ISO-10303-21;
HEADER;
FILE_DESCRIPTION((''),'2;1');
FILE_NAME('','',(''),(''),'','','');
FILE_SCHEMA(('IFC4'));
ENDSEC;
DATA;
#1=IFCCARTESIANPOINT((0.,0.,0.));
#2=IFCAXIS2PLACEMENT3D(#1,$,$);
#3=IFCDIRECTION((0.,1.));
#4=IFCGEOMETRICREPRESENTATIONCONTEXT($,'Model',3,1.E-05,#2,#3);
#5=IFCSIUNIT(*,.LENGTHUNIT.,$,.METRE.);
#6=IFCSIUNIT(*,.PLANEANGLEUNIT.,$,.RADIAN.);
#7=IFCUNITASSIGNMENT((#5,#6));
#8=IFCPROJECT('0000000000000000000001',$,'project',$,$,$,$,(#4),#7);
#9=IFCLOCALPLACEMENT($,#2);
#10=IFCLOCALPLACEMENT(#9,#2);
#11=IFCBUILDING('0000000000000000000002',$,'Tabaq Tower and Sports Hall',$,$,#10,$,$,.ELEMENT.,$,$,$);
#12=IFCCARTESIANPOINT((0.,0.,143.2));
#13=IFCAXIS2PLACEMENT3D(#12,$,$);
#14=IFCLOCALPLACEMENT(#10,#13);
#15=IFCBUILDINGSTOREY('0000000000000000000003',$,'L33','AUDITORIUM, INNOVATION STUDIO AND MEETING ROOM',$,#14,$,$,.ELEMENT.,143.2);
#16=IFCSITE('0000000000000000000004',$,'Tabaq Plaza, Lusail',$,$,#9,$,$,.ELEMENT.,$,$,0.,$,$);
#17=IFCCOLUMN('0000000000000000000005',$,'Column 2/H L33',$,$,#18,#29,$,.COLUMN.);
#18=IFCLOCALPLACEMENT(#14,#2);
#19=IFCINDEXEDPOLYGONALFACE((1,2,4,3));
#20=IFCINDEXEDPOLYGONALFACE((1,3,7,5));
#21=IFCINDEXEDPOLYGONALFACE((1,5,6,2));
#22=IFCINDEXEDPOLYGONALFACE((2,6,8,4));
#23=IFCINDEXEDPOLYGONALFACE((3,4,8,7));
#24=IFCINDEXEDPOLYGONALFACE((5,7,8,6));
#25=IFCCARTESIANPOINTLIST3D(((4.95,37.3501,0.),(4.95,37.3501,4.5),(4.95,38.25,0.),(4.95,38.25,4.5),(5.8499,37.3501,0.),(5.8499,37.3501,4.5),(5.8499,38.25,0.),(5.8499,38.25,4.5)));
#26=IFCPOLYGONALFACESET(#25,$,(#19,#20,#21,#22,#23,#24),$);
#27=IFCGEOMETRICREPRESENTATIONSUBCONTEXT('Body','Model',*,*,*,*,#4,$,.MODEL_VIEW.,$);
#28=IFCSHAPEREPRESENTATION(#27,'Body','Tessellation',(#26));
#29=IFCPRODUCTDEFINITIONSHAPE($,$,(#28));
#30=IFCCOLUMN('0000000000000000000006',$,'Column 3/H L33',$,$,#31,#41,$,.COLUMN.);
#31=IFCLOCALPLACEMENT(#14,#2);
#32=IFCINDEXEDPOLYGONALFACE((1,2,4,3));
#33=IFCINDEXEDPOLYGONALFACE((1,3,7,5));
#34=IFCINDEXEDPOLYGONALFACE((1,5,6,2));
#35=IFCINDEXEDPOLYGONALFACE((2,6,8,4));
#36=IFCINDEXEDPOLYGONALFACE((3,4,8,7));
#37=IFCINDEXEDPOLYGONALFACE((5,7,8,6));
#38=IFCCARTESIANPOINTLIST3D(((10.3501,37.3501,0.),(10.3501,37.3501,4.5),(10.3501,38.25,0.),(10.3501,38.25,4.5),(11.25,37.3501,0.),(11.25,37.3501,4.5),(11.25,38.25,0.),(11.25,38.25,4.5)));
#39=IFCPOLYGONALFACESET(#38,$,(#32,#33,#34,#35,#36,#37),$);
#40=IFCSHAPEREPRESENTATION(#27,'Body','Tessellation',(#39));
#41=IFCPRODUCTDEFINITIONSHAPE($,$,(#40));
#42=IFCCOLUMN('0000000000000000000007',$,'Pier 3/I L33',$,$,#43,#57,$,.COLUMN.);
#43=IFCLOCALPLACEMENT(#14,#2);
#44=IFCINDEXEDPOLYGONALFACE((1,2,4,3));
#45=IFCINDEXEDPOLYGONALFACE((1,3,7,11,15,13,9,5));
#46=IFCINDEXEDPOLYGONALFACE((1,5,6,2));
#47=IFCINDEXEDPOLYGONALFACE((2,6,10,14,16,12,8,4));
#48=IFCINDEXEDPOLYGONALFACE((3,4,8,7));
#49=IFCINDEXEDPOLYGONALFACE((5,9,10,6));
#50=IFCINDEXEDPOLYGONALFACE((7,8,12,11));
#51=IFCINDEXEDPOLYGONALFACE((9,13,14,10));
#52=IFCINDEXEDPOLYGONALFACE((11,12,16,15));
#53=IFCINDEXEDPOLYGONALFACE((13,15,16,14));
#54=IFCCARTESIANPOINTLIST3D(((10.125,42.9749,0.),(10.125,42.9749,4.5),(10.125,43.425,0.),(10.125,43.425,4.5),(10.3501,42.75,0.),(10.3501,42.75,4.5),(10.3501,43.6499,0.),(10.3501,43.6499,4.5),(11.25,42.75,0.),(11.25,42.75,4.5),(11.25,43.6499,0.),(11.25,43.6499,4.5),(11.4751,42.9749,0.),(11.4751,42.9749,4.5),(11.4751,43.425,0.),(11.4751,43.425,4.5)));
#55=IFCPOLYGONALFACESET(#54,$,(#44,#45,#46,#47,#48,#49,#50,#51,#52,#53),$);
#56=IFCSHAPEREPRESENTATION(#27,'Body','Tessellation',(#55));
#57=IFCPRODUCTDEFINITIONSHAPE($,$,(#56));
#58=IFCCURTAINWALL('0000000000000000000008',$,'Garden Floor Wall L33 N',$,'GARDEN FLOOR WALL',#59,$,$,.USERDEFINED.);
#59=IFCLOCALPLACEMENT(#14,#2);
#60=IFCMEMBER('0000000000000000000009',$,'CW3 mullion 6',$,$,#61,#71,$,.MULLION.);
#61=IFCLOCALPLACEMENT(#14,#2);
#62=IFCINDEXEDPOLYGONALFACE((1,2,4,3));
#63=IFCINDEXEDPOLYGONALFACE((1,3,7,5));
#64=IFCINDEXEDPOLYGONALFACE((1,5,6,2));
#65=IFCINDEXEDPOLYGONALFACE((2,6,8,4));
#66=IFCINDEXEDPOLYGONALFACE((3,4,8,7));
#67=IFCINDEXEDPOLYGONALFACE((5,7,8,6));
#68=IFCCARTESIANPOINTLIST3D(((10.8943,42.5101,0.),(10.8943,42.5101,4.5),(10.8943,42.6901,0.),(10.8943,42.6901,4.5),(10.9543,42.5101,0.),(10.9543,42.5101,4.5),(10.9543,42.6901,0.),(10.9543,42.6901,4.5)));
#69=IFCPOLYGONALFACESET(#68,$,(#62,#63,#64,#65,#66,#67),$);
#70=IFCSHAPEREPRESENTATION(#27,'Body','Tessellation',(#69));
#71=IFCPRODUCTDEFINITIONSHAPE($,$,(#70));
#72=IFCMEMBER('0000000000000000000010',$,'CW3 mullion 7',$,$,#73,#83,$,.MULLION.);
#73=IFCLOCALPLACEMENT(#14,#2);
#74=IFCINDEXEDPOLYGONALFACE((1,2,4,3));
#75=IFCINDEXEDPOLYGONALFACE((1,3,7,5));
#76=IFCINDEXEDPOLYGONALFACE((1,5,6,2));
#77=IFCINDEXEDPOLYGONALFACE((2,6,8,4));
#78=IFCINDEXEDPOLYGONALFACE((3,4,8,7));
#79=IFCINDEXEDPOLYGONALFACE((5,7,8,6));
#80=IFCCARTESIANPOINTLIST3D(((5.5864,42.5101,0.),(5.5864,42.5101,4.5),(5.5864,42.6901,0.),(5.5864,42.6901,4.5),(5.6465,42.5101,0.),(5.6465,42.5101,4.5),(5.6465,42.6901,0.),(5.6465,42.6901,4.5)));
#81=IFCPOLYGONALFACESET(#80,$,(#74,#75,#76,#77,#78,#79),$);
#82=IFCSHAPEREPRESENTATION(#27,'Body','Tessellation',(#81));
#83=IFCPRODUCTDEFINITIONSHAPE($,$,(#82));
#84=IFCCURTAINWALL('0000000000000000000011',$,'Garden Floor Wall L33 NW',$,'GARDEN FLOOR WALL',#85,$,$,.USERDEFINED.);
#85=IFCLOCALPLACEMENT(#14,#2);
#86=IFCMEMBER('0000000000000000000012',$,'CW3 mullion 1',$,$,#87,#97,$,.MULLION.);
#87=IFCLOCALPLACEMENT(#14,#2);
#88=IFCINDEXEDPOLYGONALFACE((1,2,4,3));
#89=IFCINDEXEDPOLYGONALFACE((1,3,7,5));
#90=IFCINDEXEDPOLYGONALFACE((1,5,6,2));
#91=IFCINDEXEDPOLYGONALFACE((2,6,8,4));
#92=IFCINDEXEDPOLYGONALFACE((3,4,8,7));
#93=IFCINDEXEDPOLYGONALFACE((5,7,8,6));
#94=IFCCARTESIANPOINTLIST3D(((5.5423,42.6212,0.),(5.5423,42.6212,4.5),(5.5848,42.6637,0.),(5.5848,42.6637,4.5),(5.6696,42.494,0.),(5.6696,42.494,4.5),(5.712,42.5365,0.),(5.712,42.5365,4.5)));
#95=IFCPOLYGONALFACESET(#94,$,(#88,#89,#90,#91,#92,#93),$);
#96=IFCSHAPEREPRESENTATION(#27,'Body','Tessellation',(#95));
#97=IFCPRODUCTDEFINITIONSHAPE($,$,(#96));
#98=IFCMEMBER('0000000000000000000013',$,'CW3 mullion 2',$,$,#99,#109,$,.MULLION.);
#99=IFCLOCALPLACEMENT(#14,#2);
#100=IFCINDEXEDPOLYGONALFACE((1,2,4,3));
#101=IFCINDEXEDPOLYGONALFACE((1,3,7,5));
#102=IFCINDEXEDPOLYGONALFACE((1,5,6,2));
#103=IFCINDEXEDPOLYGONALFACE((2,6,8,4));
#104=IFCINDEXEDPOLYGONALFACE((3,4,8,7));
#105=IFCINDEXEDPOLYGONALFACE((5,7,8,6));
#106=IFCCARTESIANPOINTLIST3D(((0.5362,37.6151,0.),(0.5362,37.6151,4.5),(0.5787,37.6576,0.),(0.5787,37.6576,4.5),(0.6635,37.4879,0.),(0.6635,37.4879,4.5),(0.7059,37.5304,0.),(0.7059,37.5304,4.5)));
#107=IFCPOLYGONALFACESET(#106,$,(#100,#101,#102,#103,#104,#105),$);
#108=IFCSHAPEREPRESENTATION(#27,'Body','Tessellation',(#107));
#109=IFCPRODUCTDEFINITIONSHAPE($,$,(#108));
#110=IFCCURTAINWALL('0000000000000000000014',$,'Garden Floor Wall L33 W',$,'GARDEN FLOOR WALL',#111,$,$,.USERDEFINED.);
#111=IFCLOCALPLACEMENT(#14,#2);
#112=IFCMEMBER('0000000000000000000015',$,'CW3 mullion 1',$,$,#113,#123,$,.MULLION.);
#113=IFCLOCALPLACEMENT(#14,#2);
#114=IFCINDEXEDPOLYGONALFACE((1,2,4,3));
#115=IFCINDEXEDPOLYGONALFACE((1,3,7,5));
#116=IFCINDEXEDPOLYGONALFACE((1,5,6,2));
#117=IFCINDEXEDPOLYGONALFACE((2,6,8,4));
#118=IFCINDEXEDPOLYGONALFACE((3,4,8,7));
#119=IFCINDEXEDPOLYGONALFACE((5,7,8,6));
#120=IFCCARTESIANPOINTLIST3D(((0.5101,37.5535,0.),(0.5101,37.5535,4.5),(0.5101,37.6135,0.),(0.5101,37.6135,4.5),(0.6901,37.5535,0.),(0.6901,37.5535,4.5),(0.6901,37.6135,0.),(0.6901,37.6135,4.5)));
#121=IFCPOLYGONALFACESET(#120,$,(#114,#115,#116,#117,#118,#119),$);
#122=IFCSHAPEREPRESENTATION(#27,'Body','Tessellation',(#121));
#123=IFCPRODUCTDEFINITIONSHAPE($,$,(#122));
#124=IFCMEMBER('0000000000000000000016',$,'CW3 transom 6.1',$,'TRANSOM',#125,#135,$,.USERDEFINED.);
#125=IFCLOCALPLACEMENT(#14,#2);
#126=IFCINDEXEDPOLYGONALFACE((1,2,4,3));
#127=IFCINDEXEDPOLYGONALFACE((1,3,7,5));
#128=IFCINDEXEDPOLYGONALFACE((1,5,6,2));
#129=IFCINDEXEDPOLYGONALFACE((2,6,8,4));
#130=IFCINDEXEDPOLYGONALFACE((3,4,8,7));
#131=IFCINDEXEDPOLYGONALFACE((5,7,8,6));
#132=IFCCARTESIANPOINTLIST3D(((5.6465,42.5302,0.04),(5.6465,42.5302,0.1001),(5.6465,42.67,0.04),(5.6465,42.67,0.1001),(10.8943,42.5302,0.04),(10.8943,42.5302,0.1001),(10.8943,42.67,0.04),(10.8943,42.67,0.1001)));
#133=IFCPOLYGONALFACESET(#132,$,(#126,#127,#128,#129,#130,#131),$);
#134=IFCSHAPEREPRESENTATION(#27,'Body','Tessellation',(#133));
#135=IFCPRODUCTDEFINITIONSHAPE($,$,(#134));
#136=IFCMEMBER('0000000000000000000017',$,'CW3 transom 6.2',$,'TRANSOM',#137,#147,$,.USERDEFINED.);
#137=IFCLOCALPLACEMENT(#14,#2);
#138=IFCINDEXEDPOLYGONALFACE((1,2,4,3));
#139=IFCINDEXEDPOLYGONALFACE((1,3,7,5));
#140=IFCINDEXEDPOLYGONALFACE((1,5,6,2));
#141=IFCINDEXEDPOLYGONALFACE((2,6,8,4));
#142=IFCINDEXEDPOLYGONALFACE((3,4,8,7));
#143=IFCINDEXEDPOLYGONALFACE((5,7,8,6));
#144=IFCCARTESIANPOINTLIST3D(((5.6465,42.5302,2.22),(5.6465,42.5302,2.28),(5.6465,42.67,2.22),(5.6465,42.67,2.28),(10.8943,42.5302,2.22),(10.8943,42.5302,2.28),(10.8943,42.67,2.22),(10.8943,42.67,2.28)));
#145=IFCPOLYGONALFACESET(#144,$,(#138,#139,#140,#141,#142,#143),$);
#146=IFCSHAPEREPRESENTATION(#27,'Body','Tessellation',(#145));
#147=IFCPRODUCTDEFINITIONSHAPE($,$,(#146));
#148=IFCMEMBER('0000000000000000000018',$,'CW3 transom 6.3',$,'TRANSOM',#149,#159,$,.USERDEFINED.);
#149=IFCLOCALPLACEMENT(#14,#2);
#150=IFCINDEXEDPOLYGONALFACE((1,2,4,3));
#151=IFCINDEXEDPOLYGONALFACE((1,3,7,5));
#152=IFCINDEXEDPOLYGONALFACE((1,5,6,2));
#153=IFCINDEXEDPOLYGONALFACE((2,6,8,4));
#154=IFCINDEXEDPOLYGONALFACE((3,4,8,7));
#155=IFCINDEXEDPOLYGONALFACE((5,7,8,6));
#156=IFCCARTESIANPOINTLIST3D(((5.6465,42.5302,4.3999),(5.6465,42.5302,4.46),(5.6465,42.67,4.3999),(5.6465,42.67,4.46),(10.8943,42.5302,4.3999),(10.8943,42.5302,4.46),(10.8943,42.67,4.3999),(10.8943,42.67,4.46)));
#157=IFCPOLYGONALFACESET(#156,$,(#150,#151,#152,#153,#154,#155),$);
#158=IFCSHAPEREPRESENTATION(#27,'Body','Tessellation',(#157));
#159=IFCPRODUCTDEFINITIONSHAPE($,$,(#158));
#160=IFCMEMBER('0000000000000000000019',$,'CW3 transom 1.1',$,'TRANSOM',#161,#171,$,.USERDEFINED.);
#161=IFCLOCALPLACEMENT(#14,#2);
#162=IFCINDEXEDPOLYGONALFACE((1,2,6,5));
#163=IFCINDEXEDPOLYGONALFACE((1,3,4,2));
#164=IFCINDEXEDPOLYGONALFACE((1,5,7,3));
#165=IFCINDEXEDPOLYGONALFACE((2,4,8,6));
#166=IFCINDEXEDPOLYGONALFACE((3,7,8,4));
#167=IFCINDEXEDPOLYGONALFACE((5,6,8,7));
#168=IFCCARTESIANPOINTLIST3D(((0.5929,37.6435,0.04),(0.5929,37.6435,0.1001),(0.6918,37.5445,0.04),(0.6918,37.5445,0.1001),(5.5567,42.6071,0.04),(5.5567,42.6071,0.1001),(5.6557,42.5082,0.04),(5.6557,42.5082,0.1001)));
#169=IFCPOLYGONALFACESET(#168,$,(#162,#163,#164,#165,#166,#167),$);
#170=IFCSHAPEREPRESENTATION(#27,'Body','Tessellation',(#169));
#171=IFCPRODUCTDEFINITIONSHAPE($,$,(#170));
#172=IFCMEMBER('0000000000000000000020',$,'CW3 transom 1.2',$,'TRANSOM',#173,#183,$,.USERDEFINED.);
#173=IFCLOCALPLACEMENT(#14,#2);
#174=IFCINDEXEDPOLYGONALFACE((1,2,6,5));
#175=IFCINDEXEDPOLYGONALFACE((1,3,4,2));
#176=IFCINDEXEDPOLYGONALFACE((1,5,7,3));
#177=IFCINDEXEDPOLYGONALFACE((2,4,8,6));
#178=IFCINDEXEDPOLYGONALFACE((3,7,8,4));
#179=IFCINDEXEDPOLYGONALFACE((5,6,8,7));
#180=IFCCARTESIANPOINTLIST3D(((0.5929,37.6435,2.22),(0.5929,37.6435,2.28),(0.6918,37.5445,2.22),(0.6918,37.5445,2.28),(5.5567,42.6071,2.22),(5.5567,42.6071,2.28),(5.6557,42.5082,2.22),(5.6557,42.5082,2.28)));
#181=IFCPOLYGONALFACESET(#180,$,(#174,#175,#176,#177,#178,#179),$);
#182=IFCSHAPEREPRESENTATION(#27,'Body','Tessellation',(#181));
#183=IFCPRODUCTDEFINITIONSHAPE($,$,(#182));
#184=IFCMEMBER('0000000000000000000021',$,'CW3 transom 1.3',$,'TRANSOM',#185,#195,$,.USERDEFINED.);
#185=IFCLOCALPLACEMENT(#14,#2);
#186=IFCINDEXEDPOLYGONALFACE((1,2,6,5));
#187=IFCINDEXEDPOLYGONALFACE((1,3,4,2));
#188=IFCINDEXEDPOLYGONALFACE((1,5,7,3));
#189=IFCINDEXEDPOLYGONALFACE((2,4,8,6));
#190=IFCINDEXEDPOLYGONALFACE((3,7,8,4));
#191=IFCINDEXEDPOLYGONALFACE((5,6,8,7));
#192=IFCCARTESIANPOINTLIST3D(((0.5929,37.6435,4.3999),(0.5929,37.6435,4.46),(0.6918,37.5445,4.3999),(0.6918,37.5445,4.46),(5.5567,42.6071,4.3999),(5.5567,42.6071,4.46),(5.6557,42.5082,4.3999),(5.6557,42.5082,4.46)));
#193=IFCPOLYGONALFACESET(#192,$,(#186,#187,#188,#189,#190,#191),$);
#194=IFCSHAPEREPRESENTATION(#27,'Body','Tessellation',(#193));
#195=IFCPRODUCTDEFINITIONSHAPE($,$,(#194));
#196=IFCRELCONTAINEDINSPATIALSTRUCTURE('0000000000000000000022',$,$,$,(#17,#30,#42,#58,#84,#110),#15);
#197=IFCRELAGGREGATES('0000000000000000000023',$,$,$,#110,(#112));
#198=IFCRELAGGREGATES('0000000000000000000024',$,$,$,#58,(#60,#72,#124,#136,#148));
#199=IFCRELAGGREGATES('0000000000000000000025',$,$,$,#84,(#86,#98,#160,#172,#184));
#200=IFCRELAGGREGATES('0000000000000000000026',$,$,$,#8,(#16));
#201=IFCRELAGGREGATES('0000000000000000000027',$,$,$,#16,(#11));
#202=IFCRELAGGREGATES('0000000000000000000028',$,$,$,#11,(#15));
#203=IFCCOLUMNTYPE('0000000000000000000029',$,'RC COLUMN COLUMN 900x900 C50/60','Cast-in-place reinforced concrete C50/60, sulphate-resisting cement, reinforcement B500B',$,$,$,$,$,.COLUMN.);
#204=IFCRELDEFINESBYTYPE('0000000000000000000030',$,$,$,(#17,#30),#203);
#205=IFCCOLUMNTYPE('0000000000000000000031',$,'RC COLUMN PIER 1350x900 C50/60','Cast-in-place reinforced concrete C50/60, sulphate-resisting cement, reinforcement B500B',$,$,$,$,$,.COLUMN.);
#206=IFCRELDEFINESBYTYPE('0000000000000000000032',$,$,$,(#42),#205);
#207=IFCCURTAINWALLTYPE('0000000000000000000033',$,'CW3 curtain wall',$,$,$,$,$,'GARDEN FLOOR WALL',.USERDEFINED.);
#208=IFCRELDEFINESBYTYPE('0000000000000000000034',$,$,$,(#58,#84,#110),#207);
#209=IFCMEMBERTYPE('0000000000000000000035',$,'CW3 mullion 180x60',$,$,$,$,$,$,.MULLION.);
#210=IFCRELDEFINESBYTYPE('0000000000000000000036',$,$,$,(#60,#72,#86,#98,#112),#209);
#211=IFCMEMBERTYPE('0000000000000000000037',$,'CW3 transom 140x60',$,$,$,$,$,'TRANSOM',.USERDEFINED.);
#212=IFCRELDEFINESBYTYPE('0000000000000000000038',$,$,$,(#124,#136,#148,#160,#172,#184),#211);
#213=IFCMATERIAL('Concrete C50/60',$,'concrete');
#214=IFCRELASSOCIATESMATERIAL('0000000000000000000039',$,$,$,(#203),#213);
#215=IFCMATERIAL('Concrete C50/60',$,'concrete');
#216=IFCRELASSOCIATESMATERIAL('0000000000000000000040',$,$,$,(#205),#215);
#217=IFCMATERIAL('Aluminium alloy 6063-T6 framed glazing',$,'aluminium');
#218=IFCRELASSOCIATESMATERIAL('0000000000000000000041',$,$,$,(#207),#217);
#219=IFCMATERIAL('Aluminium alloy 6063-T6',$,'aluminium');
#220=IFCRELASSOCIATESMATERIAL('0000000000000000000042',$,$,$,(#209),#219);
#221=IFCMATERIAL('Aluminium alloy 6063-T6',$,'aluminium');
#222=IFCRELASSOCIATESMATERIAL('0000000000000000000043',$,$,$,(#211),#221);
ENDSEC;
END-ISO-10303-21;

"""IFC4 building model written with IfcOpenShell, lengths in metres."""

from ifc_helpers import new_model, si_unit, direction, frame, origin, origin_2d, place, context, subcontext, project, spatial, polyline, rectangle, outline, extrude, material, material_profile, profile_set, type_object, element, aggregate, save


model = new_model("IFC4")

# Units and contexts
model_context = context("Model", 3, precision=1e-05, world=origin(), true_north=direction((0.0, 1.0)))
body_context = subcontext(model_context, "Body", "Model", "MODEL_VIEW")
ifc_project = project(units=[si_unit("LENGTHUNIT", "METRE"), si_unit("PLANEANGLEUNIT", "RADIAN")], contexts=[model_context])

# Site, building, storey
site_placement = place(None, origin())
site = spatial("IfcSite", under=ifc_project, at=site_placement, Name="Tabaq Plaza, Lusail", CompositionType="ELEMENT", RefElevation=0.0)
building_placement = place(site_placement, origin())
building = spatial("IfcBuilding", under=site, at=building_placement, Name="Tabaq Tower and Sports Hall", CompositionType="ELEMENT")
storey_placement = place(building_placement, frame((0.0, 0.0, 143.2)))
storey = spatial("IfcBuildingStorey", under=building, at=storey_placement, Name="L33", Description="AUDITORIUM, INNOVATION STUDIO AND MEETING ROOM", CompositionType="ELEMENT", Elevation=143.2)

# Columns
ifc_material_1 = material(Name="Concrete C50/60", Category="concrete")
ifc_material_profile_1 = material_profile(ifc_material_1, rectangle(XDim=0.8999, YDim=0.8999, at=origin_2d()), Name="COLUMN 900x900")
ifc_profile_set_1 = profile_set([ifc_material_profile_1], Name="Concrete C50/60")
column_type_1 = type_object("IfcColumnType", Name="RC COLUMN COLUMN 900x900 C50/60", Description="Cast-in-place reinforced concrete C50/60, sulphate-resisting cement, reinforcement B500B", PredefinedType="COLUMN", material=ifc_profile_set_1)
for number, where, z_axis, x_axis, name in (
    (1, (5.3999, 37.8, 0.0), (0.0, 0.0, 1.0), (1.0, 0.0, 0.0), "Column 2/H L33"),
    (2, (10.8, 37.8, 0.0), (0.0, 0.0, 1.0), (1.0, 0.0, 0.0), "Column 3/H L33"),
):
    element("IfcColumn", number, at=place(storey_placement, frame(where, z_axis=z_axis, x_axis=x_axis)), inside=storey, type_object=column_type_1, Name=name, PredefinedType="COLUMN", context=body_context, shape_type="SweptSolid", body=[
        extrude(rectangle(XDim=0.8999, YDim=0.8999, at=origin_2d()), origin(), (0.0, 0.0, 1.0), 4.5),
    ])
ifc_material_2 = material(Name="Concrete C50/60", Category="concrete")
ifc_material_profile_2 = material_profile(ifc_material_2, outline(polyline([(-0.45, -0.45), (0.45, -0.45), (0.675, -0.2251), (0.675, 0.2251), (0.45, 0.45), (-0.45, 0.45), (-0.675, 0.2251), (-0.675, -0.2251), (-0.45, -0.45)])), Name="PIER 1350x900")
ifc_profile_set_2 = profile_set([ifc_material_profile_2], Name="Concrete C50/60")
column_type_2 = type_object("IfcColumnType", Name="RC COLUMN PIER 1350x900 C50/60", Description="Cast-in-place reinforced concrete C50/60, sulphate-resisting cement, reinforcement B500B", PredefinedType="COLUMN", material=ifc_profile_set_2)
column_placement = place(storey_placement, frame((10.8, 43.2, 0.0), z_axis=(0.0, 0.0, 1.0), x_axis=(1.0, 0.0, 0.0)))
element("IfcColumn", 3, at=column_placement, inside=storey, type_object=column_type_2, Name="Pier 3/I L33", PredefinedType="COLUMN", context=body_context, shape_type="SweptSolid", body=[
    extrude(outline(polyline([(-0.45, -0.45), (0.45, -0.45), (0.675, -0.2251), (0.675, 0.2251), (0.45, 0.45), (-0.45, 0.45), (-0.675, 0.2251), (-0.675, -0.2251), (-0.45, -0.45)])), origin(), (0.0, 0.0, 1.0), 4.5),
])

# Curtain walls, members
ifc_material_3 = material(Name="Aluminium alloy 6063-T6 framed glazing", Category="aluminium")
curtain_wall_type = type_object("IfcCurtainWallType", Name="CW3 curtain wall", ElementType="GARDEN FLOOR WALL", PredefinedType="USERDEFINED", material=ifc_material_3)
curtain_wall_1_placement = place(storey_placement, origin())
curtain_wall_1 = element("IfcCurtainWall", 4, at=curtain_wall_1_placement, inside=storey, type_object=curtain_wall_type, Name="Garden Floor Wall L33 N", ObjectType="GARDEN FLOOR WALL", PredefinedType="USERDEFINED")
ifc_material_4 = material(Name="Aluminium alloy 6063-T6", Category="aluminium")
ifc_material_profile_3 = material_profile(ifc_material_4, rectangle(XDim=0.1799, YDim=0.0601, at=origin_2d()), Name="MULLION 180x60")
ifc_profile_set_3 = profile_set([ifc_material_profile_3], Name="Aluminium alloy 6063-T6")
member_type_1 = type_object("IfcMemberType", Name="CW3 mullion 180x60", PredefinedType="MULLION", material=ifc_profile_set_3)
member_1_placement = place(storey_placement, frame((10.9243, 42.6001, 0.0), z_axis=(0.0, 0.0, 1.0), x_axis=(0.0, -1.0, 0.0)))
member_1 = element("IfcMember", 5, at=member_1_placement, type_object=member_type_1, Name="CW3 mullion 6", PredefinedType="MULLION", context=body_context, shape_type="SweptSolid", body=[
    extrude(rectangle(XDim=0.1799, YDim=0.0601, at=origin_2d()), origin(), (0.0, 0.0, 1.0), 4.5),
])
member_2_placement = place(storey_placement, frame((5.6165, 42.6001, 0.0), z_axis=(0.0, 0.0, 1.0), x_axis=(0.0, -1.0, 0.0)))
member_2 = element("IfcMember", 6, at=member_2_placement, type_object=member_type_1, Name="CW3 mullion 7", PredefinedType="MULLION", context=body_context, shape_type="SweptSolid", body=[
    extrude(rectangle(XDim=0.1799, YDim=0.0601, at=origin_2d()), origin(), (0.0, 0.0, 1.0), 4.5),
])
curtain_wall_2_placement = place(storey_placement, origin())
curtain_wall_2 = element("IfcCurtainWall", 7, at=curtain_wall_2_placement, inside=storey, type_object=curtain_wall_type, Name="Garden Floor Wall L33 NW", ObjectType="GARDEN FLOOR WALL", PredefinedType="USERDEFINED")
member_3_placement = place(storey_placement, frame((5.6272, 42.5789, 0.0), z_axis=(0.0, 0.0, 1.0), x_axis=(0.707107, -0.707107, 0.0)))
member_3 = element("IfcMember", 8, at=member_3_placement, type_object=member_type_1, Name="CW3 mullion 1", PredefinedType="MULLION", context=body_context, shape_type="SweptSolid", body=[
    extrude(rectangle(XDim=0.1799, YDim=0.0601, at=origin_2d()), origin(), (0.0, 0.0, 1.0), 4.5),
])
member_4_placement = place(storey_placement, frame((0.6211, 37.5728, 0.0), z_axis=(0.0, 0.0, 1.0), x_axis=(0.707107, -0.707107, 0.0)))
member_4 = element("IfcMember", 9, at=member_4_placement, type_object=member_type_1, Name="CW3 mullion 2", PredefinedType="MULLION", context=body_context, shape_type="SweptSolid", body=[
    extrude(rectangle(XDim=0.1799, YDim=0.0601, at=origin_2d()), origin(), (0.0, 0.0, 1.0), 4.5),
])

# Curtain wall, member
curtain_wall_3_placement = place(storey_placement, origin())
curtain_wall_3 = element("IfcCurtainWall", 10, at=curtain_wall_3_placement, inside=storey, type_object=curtain_wall_type, Name="Garden Floor Wall L33 W", ObjectType="GARDEN FLOOR WALL", PredefinedType="USERDEFINED")
member_5_placement = place(storey_placement, frame((0.6001, 37.5835, 0.0), z_axis=(0.0, 0.0, 1.0), x_axis=(1.0, 0.0, 0.0)))
member_5 = element("IfcMember", 11, at=member_5_placement, type_object=member_type_1, Name="CW3 mullion 1", PredefinedType="MULLION", context=body_context, shape_type="SweptSolid", body=[
    extrude(rectangle(XDim=0.1799, YDim=0.0601, at=origin_2d()), origin(), (0.0, 0.0, 1.0), 4.5),
])

# Members
ifc_material_5 = material(Name="Aluminium alloy 6063-T6", Category="aluminium")
ifc_material_profile_4 = material_profile(ifc_material_5, rectangle(XDim=0.1399, YDim=0.0601, at=origin_2d()), Name="TRANSOM 140x60")
ifc_profile_set_4 = profile_set([ifc_material_profile_4], Name="Aluminium alloy 6063-T6")
member_type_2 = type_object("IfcMemberType", Name="CW3 transom 140x60", ElementType="TRANSOM", PredefinedType="USERDEFINED", material=ifc_profile_set_4)
member_6_placement = place(storey_placement, frame((10.8943, 42.6001, 0.0701), z_axis=(-1.0, 0.0, 0.0), x_axis=(0.0, -1.0, 0.0)))
member_6 = element("IfcMember", 12, at=member_6_placement, type_object=member_type_2, Name="CW3 transom 6.1", ObjectType="TRANSOM", PredefinedType="USERDEFINED", context=body_context, shape_type="SweptSolid", body=[
    extrude(rectangle(XDim=0.1399, YDim=0.0601, at=origin_2d()), origin(), (0.0, 0.0, 1.0), 5.2478),
])
member_7_placement = place(storey_placement, frame((10.8943, 42.6001, 2.25), z_axis=(-1.0, 0.0, 0.0), x_axis=(0.0, -1.0, 0.0)))
member_7 = element("IfcMember", 13, at=member_7_placement, type_object=member_type_2, Name="CW3 transom 6.2", ObjectType="TRANSOM", PredefinedType="USERDEFINED", context=body_context, shape_type="SweptSolid", body=[
    extrude(rectangle(XDim=0.1399, YDim=0.0601, at=origin_2d()), origin(), (0.0, 0.0, 1.0), 5.2478),
])
member_8_placement = place(storey_placement, frame((10.8943, 42.6001, 4.4299), z_axis=(-1.0, 0.0, 0.0), x_axis=(0.0, -1.0, 0.0)))
member_8 = element("IfcMember", 14, at=member_8_placement, type_object=member_type_2, Name="CW3 transom 6.3", ObjectType="TRANSOM", PredefinedType="USERDEFINED", context=body_context, shape_type="SweptSolid", body=[
    extrude(rectangle(XDim=0.1399, YDim=0.0601, at=origin_2d()), origin(), (0.0, 0.0, 1.0), 5.2478),
])
member_9_placement = place(storey_placement, frame((5.6062, 42.5576, 0.0701), z_axis=(-0.707124, -0.707089, 0.0), x_axis=(0.707089, -0.707124, 0.0)))
member_9 = element("IfcMember", 15, at=member_9_placement, type_object=member_type_2, Name="CW3 transom 1.1", ObjectType="TRANSOM", PredefinedType="USERDEFINED", context=body_context, shape_type="SweptSolid", body=[
    extrude(rectangle(XDim=0.1399, YDim=0.0601, at=origin_2d()), origin(), (0.0, 0.0, 1.0), 7.0198),
])
member_10_placement = place(storey_placement, frame((5.6062, 42.5576, 2.25), z_axis=(-0.707124, -0.707089, 0.0), x_axis=(0.707089, -0.707124, 0.0)))
member_10 = element("IfcMember", 16, at=member_10_placement, type_object=member_type_2, Name="CW3 transom 1.2", ObjectType="TRANSOM", PredefinedType="USERDEFINED", context=body_context, shape_type="SweptSolid", body=[
    extrude(rectangle(XDim=0.1399, YDim=0.0601, at=origin_2d()), origin(), (0.0, 0.0, 1.0), 7.0198),
])
member_11_placement = place(storey_placement, frame((5.6062, 42.5576, 4.4299), z_axis=(-0.707124, -0.707089, 0.0), x_axis=(0.707089, -0.707124, 0.0)))
member_11 = element("IfcMember", 17, at=member_11_placement, type_object=member_type_2, Name="CW3 transom 1.3", ObjectType="TRANSOM", PredefinedType="USERDEFINED", context=body_context, shape_type="SweptSolid", body=[
    extrude(rectangle(XDim=0.1399, YDim=0.0601, at=origin_2d()), origin(), (0.0, 0.0, 1.0), 7.0198),
])
aggregate(curtain_wall_3, [member_5])

aggregate(curtain_wall_1, [member_1, member_2, member_6, member_7, member_8])
aggregate(curtain_wall_2, [member_3, member_4, member_9, member_10, member_11])

save(model, "model.ifc")
